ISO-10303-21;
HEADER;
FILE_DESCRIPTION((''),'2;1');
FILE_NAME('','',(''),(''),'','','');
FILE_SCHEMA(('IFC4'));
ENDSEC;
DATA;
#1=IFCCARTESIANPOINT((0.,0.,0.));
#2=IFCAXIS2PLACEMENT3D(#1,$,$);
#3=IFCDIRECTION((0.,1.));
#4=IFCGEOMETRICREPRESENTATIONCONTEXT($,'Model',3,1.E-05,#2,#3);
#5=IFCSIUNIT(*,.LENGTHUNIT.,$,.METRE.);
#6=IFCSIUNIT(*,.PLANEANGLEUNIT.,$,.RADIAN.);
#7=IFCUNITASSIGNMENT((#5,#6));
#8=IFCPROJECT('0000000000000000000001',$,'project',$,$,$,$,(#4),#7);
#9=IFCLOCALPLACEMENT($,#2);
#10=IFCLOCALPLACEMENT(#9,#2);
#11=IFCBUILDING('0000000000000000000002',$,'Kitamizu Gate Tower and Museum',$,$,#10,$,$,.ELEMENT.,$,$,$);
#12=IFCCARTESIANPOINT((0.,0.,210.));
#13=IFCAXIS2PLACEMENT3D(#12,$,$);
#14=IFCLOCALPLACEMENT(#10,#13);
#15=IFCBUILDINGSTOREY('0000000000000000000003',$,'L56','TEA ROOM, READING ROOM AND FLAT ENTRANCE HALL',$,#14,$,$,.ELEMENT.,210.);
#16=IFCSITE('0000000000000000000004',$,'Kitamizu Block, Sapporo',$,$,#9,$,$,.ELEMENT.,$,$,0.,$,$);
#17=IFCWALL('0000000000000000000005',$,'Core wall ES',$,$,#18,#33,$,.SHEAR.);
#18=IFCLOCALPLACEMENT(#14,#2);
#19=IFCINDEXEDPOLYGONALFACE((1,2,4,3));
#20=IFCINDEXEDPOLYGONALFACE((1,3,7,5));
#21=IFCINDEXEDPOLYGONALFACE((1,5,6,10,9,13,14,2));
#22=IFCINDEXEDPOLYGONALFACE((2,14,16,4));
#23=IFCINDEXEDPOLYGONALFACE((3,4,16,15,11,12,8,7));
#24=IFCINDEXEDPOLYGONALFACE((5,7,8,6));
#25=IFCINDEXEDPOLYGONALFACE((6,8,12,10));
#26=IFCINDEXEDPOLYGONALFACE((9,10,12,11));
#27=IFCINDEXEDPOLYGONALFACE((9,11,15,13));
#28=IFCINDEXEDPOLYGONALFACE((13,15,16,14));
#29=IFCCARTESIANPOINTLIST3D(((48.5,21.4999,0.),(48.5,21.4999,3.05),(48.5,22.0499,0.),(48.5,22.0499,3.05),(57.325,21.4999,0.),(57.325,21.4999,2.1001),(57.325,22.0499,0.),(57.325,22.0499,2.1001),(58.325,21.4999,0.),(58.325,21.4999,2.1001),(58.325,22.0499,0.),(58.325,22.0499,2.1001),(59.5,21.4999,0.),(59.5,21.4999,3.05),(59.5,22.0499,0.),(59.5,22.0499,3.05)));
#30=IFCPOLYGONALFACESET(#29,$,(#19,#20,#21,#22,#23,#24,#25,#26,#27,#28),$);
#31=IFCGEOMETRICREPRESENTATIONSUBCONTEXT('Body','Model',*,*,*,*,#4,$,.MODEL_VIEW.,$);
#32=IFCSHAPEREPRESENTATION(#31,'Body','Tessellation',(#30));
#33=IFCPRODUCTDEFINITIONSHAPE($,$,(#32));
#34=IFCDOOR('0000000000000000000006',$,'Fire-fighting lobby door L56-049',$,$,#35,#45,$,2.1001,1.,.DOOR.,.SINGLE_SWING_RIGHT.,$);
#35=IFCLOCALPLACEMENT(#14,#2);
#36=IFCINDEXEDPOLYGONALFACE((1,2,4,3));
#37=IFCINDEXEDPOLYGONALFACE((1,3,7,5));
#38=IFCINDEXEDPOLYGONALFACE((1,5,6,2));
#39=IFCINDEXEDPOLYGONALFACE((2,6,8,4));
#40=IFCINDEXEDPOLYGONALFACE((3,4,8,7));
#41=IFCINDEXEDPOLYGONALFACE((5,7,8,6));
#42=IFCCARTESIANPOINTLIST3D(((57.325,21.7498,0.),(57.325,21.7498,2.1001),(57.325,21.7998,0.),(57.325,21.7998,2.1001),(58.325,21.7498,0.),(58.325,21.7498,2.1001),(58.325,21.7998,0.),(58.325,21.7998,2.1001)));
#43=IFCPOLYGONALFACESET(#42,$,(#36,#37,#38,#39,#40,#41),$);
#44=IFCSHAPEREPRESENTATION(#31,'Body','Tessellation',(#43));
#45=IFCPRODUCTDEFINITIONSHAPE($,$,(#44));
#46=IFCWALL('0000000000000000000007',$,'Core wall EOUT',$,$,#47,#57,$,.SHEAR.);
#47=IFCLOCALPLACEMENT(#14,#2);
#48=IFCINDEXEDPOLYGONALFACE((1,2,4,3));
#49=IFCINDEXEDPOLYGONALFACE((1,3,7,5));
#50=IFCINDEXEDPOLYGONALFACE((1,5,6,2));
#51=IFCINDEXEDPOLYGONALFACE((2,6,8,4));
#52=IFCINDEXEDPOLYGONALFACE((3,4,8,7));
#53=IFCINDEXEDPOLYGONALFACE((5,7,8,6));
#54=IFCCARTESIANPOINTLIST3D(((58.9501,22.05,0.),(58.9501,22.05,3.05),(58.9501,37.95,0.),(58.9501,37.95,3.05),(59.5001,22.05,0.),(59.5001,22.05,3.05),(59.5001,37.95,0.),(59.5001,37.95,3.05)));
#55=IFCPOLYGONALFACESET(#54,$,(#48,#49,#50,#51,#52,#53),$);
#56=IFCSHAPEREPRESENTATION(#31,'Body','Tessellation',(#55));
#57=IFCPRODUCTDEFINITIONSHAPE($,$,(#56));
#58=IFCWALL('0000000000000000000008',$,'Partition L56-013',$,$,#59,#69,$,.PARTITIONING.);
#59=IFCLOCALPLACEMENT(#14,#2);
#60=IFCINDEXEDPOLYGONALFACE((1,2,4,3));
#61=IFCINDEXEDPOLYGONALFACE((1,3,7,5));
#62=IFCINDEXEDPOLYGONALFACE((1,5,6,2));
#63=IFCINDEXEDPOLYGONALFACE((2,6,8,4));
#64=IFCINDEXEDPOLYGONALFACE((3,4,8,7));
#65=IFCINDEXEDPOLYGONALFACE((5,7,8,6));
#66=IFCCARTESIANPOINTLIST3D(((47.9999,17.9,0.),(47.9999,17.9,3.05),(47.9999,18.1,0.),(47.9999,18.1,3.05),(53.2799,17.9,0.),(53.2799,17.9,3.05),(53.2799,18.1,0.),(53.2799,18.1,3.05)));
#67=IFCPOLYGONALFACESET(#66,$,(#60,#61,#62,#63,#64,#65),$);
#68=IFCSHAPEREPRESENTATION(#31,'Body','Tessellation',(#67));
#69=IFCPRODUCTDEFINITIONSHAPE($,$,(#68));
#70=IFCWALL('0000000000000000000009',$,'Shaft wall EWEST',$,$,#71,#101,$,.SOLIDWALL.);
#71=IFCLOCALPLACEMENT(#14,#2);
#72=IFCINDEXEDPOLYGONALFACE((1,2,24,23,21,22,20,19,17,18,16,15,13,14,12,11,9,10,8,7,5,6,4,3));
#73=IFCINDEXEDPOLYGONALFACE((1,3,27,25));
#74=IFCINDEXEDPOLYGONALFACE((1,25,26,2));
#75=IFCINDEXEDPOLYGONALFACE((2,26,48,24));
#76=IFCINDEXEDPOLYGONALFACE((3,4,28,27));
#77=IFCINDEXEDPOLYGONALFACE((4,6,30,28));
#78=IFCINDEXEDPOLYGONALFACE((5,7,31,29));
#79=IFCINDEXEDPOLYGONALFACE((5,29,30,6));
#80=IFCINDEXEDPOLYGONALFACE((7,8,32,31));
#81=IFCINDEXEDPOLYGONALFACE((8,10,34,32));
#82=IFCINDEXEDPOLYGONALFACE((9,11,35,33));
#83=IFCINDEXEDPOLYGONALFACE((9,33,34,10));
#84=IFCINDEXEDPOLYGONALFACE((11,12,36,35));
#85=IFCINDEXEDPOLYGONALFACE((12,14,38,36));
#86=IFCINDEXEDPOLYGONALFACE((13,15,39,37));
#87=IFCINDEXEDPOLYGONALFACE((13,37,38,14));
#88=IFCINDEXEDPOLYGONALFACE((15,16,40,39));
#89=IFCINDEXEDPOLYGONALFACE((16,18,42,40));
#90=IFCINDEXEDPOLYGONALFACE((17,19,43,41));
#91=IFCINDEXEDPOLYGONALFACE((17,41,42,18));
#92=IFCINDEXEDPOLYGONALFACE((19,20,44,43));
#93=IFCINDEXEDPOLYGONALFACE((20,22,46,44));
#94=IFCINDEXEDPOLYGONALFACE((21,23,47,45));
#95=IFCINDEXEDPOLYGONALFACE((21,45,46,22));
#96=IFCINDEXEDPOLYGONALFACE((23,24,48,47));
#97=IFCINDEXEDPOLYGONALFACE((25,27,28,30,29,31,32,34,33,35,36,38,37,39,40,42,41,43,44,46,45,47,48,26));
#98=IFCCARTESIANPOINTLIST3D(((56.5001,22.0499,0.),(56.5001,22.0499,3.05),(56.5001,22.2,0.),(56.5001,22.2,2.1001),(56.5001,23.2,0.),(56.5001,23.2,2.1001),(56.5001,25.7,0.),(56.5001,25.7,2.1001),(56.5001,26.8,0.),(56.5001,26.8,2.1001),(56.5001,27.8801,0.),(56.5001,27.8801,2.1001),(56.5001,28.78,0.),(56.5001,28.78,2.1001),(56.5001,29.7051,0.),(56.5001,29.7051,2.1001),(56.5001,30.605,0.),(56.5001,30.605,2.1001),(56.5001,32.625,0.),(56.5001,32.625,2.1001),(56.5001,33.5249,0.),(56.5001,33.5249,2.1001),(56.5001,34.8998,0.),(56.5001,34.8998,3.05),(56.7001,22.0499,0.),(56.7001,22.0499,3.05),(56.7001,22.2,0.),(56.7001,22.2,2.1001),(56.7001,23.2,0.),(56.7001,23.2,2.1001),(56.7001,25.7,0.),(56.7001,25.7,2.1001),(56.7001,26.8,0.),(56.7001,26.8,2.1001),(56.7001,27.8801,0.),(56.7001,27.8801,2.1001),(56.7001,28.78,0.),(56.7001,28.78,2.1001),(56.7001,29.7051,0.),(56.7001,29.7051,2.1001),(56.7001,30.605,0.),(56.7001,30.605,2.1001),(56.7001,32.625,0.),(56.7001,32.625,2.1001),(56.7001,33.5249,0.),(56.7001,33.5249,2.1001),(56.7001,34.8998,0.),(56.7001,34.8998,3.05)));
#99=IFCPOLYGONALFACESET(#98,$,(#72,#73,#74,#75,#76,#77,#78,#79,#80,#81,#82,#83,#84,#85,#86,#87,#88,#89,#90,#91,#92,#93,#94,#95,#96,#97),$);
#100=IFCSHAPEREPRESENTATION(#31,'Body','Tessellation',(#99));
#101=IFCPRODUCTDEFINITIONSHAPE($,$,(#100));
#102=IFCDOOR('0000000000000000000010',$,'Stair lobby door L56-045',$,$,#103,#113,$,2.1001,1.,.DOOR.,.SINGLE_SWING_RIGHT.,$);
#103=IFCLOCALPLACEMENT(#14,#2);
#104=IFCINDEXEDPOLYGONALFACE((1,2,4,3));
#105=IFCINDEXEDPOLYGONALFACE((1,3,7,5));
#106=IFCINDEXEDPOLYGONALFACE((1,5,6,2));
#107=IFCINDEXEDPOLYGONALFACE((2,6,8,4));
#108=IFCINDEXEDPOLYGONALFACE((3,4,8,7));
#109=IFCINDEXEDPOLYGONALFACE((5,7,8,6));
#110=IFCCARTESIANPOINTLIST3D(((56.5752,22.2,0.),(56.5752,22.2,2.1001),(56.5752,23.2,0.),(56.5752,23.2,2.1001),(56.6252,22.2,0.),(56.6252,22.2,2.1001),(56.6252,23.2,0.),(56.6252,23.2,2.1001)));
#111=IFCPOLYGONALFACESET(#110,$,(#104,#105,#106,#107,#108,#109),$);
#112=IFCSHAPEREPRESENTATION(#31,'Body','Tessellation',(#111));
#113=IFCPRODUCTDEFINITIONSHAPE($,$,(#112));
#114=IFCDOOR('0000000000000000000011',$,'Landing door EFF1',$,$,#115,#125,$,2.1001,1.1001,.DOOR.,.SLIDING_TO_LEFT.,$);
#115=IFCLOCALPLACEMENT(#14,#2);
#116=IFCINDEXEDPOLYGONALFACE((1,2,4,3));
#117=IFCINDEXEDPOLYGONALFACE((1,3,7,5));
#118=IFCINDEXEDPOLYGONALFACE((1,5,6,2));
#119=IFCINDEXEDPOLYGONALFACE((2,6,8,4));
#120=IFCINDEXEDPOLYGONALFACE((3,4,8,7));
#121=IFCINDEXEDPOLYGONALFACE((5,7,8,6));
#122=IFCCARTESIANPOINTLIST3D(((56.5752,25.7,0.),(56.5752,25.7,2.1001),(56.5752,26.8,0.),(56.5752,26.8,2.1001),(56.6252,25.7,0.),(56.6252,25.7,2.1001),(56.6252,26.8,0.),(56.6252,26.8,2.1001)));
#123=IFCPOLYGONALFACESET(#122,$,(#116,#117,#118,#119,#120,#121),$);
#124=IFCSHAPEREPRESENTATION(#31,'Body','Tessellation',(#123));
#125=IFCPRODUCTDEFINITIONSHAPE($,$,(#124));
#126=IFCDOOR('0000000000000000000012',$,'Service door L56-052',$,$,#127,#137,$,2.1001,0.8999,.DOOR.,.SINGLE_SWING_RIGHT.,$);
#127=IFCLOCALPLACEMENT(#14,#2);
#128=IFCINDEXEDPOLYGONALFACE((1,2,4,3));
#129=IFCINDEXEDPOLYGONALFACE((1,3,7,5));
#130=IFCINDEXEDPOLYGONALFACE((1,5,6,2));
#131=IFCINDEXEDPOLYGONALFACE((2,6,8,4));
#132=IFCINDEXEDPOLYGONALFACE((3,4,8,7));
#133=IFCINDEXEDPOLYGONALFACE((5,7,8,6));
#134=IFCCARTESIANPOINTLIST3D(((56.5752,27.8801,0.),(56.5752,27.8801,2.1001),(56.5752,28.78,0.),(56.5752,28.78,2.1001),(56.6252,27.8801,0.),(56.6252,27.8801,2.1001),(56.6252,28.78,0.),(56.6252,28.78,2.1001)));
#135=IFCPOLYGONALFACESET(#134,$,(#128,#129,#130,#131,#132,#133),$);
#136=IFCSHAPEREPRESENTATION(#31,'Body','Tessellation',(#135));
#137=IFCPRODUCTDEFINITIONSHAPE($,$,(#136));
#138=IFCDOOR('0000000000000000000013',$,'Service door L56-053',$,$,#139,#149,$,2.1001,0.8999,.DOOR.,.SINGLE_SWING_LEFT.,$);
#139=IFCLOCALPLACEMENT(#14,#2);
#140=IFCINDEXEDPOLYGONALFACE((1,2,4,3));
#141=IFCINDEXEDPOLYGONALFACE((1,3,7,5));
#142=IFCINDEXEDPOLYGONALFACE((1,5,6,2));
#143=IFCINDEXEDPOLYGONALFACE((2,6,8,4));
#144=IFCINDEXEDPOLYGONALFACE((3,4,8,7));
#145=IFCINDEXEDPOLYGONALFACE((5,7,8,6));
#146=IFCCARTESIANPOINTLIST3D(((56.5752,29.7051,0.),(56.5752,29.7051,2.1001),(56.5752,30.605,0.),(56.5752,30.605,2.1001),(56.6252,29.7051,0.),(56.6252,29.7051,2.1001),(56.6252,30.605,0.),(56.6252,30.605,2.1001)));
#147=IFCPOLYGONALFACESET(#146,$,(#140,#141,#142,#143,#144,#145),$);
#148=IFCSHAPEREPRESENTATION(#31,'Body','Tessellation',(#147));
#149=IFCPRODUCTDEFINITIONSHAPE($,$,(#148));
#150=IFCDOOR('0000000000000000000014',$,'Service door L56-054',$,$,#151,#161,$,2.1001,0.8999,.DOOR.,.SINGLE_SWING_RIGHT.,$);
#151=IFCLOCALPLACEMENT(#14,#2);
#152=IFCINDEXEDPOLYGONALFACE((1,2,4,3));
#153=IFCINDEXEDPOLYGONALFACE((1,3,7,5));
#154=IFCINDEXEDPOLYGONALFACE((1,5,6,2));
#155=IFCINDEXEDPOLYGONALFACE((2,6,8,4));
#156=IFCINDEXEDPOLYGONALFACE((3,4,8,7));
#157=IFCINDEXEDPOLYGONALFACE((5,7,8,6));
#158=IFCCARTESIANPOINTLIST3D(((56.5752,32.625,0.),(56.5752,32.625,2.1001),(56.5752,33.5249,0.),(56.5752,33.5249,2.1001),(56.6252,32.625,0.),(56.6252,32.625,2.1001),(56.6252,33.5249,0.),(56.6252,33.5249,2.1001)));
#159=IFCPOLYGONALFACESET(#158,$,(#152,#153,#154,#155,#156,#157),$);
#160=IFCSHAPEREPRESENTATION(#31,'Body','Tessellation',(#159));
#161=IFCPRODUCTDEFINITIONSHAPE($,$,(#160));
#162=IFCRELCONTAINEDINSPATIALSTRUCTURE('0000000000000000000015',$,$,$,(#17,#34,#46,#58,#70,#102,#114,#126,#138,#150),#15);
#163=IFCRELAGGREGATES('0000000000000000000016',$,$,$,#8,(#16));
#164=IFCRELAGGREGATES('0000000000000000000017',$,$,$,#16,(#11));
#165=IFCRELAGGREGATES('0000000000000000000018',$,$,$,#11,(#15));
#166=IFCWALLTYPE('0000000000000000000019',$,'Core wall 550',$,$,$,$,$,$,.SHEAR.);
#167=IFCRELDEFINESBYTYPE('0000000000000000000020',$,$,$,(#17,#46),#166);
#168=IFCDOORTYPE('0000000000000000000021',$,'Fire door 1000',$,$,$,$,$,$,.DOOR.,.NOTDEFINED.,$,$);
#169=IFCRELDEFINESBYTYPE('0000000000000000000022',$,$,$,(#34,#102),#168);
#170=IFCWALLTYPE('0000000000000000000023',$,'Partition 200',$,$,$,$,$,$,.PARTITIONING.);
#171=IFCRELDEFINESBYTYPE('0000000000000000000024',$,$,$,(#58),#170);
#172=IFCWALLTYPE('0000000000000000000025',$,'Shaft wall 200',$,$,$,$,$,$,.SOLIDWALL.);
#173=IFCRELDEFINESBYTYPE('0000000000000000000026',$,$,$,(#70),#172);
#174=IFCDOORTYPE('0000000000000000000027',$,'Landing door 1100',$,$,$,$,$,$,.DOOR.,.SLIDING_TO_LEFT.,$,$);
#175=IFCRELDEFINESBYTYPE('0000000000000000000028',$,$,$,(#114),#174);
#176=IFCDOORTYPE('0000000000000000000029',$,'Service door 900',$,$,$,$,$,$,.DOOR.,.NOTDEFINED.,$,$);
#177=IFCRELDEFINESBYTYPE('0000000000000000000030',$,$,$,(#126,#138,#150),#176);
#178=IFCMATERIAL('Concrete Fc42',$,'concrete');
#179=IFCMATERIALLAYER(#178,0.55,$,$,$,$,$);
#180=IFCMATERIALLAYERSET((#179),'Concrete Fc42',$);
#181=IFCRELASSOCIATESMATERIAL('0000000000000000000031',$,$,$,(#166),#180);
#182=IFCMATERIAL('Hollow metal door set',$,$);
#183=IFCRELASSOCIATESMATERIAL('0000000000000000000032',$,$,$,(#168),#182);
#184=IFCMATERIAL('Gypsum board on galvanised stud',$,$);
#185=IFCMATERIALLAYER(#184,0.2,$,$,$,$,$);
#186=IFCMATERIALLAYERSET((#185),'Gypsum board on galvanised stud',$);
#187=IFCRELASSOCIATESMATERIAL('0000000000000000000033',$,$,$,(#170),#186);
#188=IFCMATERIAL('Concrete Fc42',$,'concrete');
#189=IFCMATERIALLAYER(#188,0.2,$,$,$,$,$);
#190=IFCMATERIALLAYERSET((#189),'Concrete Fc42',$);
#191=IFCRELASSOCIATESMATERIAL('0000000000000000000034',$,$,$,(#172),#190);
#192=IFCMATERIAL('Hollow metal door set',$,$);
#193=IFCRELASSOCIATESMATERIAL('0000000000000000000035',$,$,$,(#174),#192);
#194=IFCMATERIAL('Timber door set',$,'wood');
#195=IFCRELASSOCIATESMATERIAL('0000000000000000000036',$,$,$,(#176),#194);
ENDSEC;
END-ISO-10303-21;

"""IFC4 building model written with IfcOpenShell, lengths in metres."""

from ifc_helpers import new_model, si_unit, direction, frame, frame_2d, origin, place, context, subcontext, project, spatial, rectangle, extrude, material, layer, layer_set, type_object, element, fill, save


model = new_model("IFC4")

# Units and contexts
model_context = context("Model", 3, precision=1e-05, world=origin(), true_north=direction((0.0, 1.0)))
body_context = subcontext(model_context, "Body", "Model", "MODEL_VIEW")
ifc_project = project(units=[si_unit("LENGTHUNIT", "METRE"), si_unit("PLANEANGLEUNIT", "RADIAN")], contexts=[model_context])

# Site, building, storey
site_placement = place(None, origin())
site = spatial("IfcSite", under=ifc_project, at=site_placement, Name="Kitamizu Block, Sapporo", CompositionType="ELEMENT", RefElevation=0.0)
building_placement = place(site_placement, origin())
building = spatial("IfcBuilding", under=site, at=building_placement, Name="Kitamizu Gate Tower and Museum", CompositionType="ELEMENT")
storey_placement = place(building_placement, frame((0.0, 0.0, 210.0)))
storey = spatial("IfcBuildingStorey", under=building, at=storey_placement, Name="L56", Description="TEA ROOM, READING ROOM AND FLAT ENTRANCE HALL", CompositionType="ELEMENT", Elevation=210.0)

# Wall, opening, door
ifc_material_1 = material(Name="Concrete Fc42", Category="concrete")
ifc_layer_1 = layer(ifc_material_1, 0.55)
ifc_layer_set_1 = layer_set([ifc_layer_1], Name="Concrete Fc42")
wall_type_1 = type_object("IfcWallType", Name="Core wall 550", PredefinedType="SHEAR", material=ifc_layer_set_1)
wall_1_placement = place(storey_placement, frame((59.5, 21.7749, 0.0), z_axis=(0.0, 0.0, 1.0), x_axis=(-1.0, 0.0, 0.0)))
wall_1 = element("IfcWall", 1, at=wall_1_placement, inside=storey, type_object=wall_type_1, Name="Core wall ES", PredefinedType="SHEAR", context=body_context, shape_type="SweptSolid", body=[
    extrude(rectangle(XDim=11.0, YDim=0.55, at=frame_2d((5.5, 0.0))), origin(), (0.0, 0.0, 1.0), 3.05),
])
opening_1_placement = place(wall_1_placement, frame((1.175, 0.0, 0.0)))
opening_1 = element("IfcOpeningElement", 2, at=opening_1_placement, cuts=wall_1, PredefinedType="OPENING", context=body_context, shape_type="SweptSolid", body=[
    extrude(rectangle(XDim=1.0, YDim=2.1001, at=frame_2d((0.5, 1.05))), frame((0.0, 0.2852, 0.0), z_axis=(0.0, -1.0, 0.0), x_axis=(1.0, 0.0, 0.0)), (0.0, 0.0, 1.0), 0.5701),
])
ifc_material_2 = material(Name="Hollow metal door set")
door_type_1 = type_object("IfcDoorType", Name="Fire door 1000", OperationType="NOTDEFINED", PredefinedType="DOOR", material=ifc_material_2)
door_1_placement = place(opening_1_placement, frame((1.0, 0.0, 0.0), x_axis=(-1.0, 0.0, 0.0)))
door_1 = element("IfcDoor", 3, at=door_1_placement, inside=storey, type_object=door_type_1, Name="Fire-fighting lobby door L56-049", OperationType="SINGLE_SWING_RIGHT", OverallHeight=2.1001, OverallWidth=1.0, PredefinedType="DOOR", context=body_context, shape_type="SweptSolid", body=[
    extrude(rectangle(XDim=1.0, YDim=2.1001, at=frame_2d((0.5, 1.05))), frame((0.0, 0.0249, 0.0), z_axis=(0.0, -1.0, 0.0), x_axis=(1.0, 0.0, 0.0)), (0.0, 0.0, 1.0), 0.05),
])
fill(opening_1, door_1)

# Walls
wall_2_placement = place(storey_placement, frame((59.2251, 22.05, 0.0), z_axis=(0.0, 0.0, 1.0), x_axis=(0.0, 1.0, 0.0)))
element("IfcWall", 4, at=wall_2_placement, inside=storey, type_object=wall_type_1, Name="Core wall EOUT", PredefinedType="SHEAR", context=body_context, shape_type="SweptSolid", body=[
    extrude(rectangle(XDim=15.8999, YDim=0.55, at=frame_2d((7.95, 0.0))), origin(), (0.0, 0.0, 1.0), 3.05),
])
ifc_material_3 = material(Name="Gypsum board on galvanised stud")
ifc_layer_2 = layer(ifc_material_3, 0.2)
ifc_layer_set_2 = layer_set([ifc_layer_2], Name="Gypsum board on galvanised stud")
wall_type_2 = type_object("IfcWallType", Name="Partition 200", PredefinedType="PARTITIONING", material=ifc_layer_set_2)
wall_3_placement = place(storey_placement, frame((53.28, 18.0, 0.0), z_axis=(0.0, 0.0, 1.0), x_axis=(-1.0, 0.0, 0.0)))
element("IfcWall", 5, at=wall_3_placement, inside=storey, type_object=wall_type_2, Name="Partition L56-013", PredefinedType="PARTITIONING", context=body_context, shape_type="SweptSolid", body=[
    extrude(rectangle(XDim=5.28, YDim=0.2, at=frame_2d((2.6401, 0.0))), origin(), (0.0, 0.0, 1.0), 3.05),
])

# Wall, openings, doors
ifc_material_4 = material(Name="Concrete Fc42", Category="concrete")
ifc_layer_3 = layer(ifc_material_4, 0.2)
ifc_layer_set_3 = layer_set([ifc_layer_3], Name="Concrete Fc42")
wall_type_3 = type_object("IfcWallType", Name="Shaft wall 200", PredefinedType="SOLIDWALL", material=ifc_layer_set_3)
wall_4_placement = place(storey_placement, frame((56.6001, 22.05, 0.0), z_axis=(0.0, 0.0, 1.0), x_axis=(0.0, 1.0, 0.0)))
wall_4 = element("IfcWall", 6, at=wall_4_placement, inside=storey, type_object=wall_type_3, Name="Shaft wall EWEST", PredefinedType="SOLIDWALL", context=body_context, shape_type="SweptSolid", body=[
    extrude(rectangle(XDim=12.8499, YDim=0.2, at=frame_2d((6.4248, 0.0))), origin(), (0.0, 0.0, 1.0), 3.05),
])
opening_2_placement = place(wall_4_placement, frame((3.6499, 0.0, 0.0)))
opening_2 = element("IfcOpeningElement", 7, at=opening_2_placement, cuts=wall_4, PredefinedType="OPENING", context=body_context, shape_type="SweptSolid", body=[
    extrude(rectangle(XDim=1.1001, YDim=2.1001, at=frame_2d((0.55, 1.05))), frame((0.0, 0.1099, 0.0), z_axis=(0.0, -1.0, 0.0), x_axis=(1.0, 0.0, 0.0)), (0.0, 0.0, 1.0), 0.22),
])
opening_3_placement = place(wall_4_placement, frame((0.1499, 0.0, 0.0)))
opening_3 = element("IfcOpeningElement", 8, at=opening_3_placement, cuts=wall_4, PredefinedType="OPENING", context=body_context, shape_type="SweptSolid", body=[
    extrude(rectangle(XDim=1.0, YDim=2.1001, at=frame_2d((0.5, 1.05))), frame((0.0, 0.1099, 0.0), z_axis=(0.0, -1.0, 0.0), x_axis=(1.0, 0.0, 0.0)), (0.0, 0.0, 1.0), 0.22),
])
opening_4_placement = place(wall_4_placement, frame((5.8301, 0.0, 0.0)))
opening_4 = element("IfcOpeningElement", 9, at=opening_4_placement, cuts=wall_4, PredefinedType="OPENING", context=body_context, shape_type="SweptSolid", body=[
    extrude(rectangle(XDim=0.8999, YDim=2.1001, at=frame_2d((0.45, 1.05))), frame((0.0, 0.1099, 0.0), z_axis=(0.0, -1.0, 0.0), x_axis=(1.0, 0.0, 0.0)), (0.0, 0.0, 1.0), 0.22),
])
opening_5_placement = place(wall_4_placement, frame((7.655, 0.0, 0.0)))
opening_5 = element("IfcOpeningElement", 10, at=opening_5_placement, cuts=wall_4, PredefinedType="OPENING", context=body_context, shape_type="SweptSolid", body=[
    extrude(rectangle(XDim=0.8999, YDim=2.1001, at=frame_2d((0.45, 1.05))), frame((0.0, 0.1099, 0.0), z_axis=(0.0, -1.0, 0.0), x_axis=(1.0, 0.0, 0.0)), (0.0, 0.0, 1.0), 0.22),
])
opening_6_placement = place(wall_4_placement, frame((10.575, 0.0, 0.0)))
opening_6 = element("IfcOpeningElement", 11, at=opening_6_placement, cuts=wall_4, PredefinedType="OPENING", context=body_context, shape_type="SweptSolid", body=[
    extrude(rectangle(XDim=0.8999, YDim=2.1001, at=frame_2d((0.45, 1.05))), frame((0.0, 0.1099, 0.0), z_axis=(0.0, -1.0, 0.0), x_axis=(1.0, 0.0, 0.0)), (0.0, 0.0, 1.0), 0.22),
])
door_2_placement = place(opening_3_placement, origin())
door_2 = element("IfcDoor", 12, at=door_2_placement, inside=storey, type_object=door_type_1, Name="Stair lobby door L56-045", OperationType="SINGLE_SWING_RIGHT", OverallHeight=2.1001, OverallWidth=1.0, PredefinedType="DOOR", context=body_context, shape_type="SweptSolid", body=[
    extrude(rectangle(XDim=1.0, YDim=2.1001, at=frame_2d((0.5, 1.05))), frame((0.0, 0.0249, 0.0), z_axis=(0.0, -1.0, 0.0), x_axis=(1.0, 0.0, 0.0)), (0.0, 0.0, 1.0), 0.05),
])
fill(opening_3, door_2)
ifc_material_5 = material(Name="Hollow metal door set")
door_type_2 = type_object("IfcDoorType", Name="Landing door 1100", OperationType="SLIDING_TO_LEFT", PredefinedType="DOOR", material=ifc_material_5)
door_3_placement = place(opening_2_placement, origin())
door_3 = element("IfcDoor", 13, at=door_3_placement, inside=storey, type_object=door_type_2, Name="Landing door EFF1", OperationType="SLIDING_TO_LEFT", OverallHeight=2.1001, OverallWidth=1.1001, PredefinedType="DOOR", context=body_context, shape_type="SweptSolid", body=[
    extrude(rectangle(XDim=1.1001, YDim=2.1001, at=frame_2d((0.55, 1.05))), frame((0.0, 0.0249, 0.0), z_axis=(0.0, -1.0, 0.0), x_axis=(1.0, 0.0, 0.0)), (0.0, 0.0, 1.0), 0.05),
])
fill(opening_2, door_3)
ifc_material_6 = material(Name="Timber door set", Category="wood")
door_type_3 = type_object("IfcDoorType", Name="Service door 900", OperationType="NOTDEFINED", PredefinedType="DOOR", material=ifc_material_6)
door_4_placement = place(opening_4_placement, origin())
door_4 = element("IfcDoor", 14, at=door_4_placement, inside=storey, type_object=door_type_3, Name="Service door L56-052", OperationType="SINGLE_SWING_RIGHT", OverallHeight=2.1001, OverallWidth=0.8999, PredefinedType="DOOR", context=body_context, shape_type="SweptSolid", body=[
    extrude(rectangle(XDim=0.8999, YDim=2.1001, at=frame_2d((0.45, 1.05))), frame((0.0, 0.0249, 0.0), z_axis=(0.0, -1.0, 0.0), x_axis=(1.0, 0.0, 0.0)), (0.0, 0.0, 1.0), 0.05),
])
fill(opening_4, door_4)
door_5_placement = place(opening_5_placement, origin())
door_5 = element("IfcDoor", 15, at=door_5_placement, inside=storey, type_object=door_type_3, Name="Service door L56-053", OperationType="SINGLE_SWING_LEFT", OverallHeight=2.1001, OverallWidth=0.8999, PredefinedType="DOOR", context=body_context, shape_type="SweptSolid", body=[
    extrude(rectangle(XDim=0.8999, YDim=2.1001, at=frame_2d((0.45, 1.05))), frame((0.0, 0.0249, 0.0), z_axis=(0.0, -1.0, 0.0), x_axis=(1.0, 0.0, 0.0)), (0.0, 0.0, 1.0), 0.05),
])
fill(opening_5, door_5)
door_6_placement = place(opening_6_placement, origin())
door_6 = element("IfcDoor", 16, at=door_6_placement, inside=storey, type_object=door_type_3, Name="Service door L56-054", OperationType="SINGLE_SWING_RIGHT", OverallHeight=2.1001, OverallWidth=0.8999, PredefinedType="DOOR", context=body_context, shape_type="SweptSolid", body=[
    extrude(rectangle(XDim=0.8999, YDim=2.1001, at=frame_2d((0.45, 1.05))), frame((0.0, 0.0249, 0.0), z_axis=(0.0, -1.0, 0.0), x_axis=(1.0, 0.0, 0.0)), (0.0, 0.0, 1.0), 0.05),
])
fill(opening_6, door_6)

save(model, "model.ifc")
